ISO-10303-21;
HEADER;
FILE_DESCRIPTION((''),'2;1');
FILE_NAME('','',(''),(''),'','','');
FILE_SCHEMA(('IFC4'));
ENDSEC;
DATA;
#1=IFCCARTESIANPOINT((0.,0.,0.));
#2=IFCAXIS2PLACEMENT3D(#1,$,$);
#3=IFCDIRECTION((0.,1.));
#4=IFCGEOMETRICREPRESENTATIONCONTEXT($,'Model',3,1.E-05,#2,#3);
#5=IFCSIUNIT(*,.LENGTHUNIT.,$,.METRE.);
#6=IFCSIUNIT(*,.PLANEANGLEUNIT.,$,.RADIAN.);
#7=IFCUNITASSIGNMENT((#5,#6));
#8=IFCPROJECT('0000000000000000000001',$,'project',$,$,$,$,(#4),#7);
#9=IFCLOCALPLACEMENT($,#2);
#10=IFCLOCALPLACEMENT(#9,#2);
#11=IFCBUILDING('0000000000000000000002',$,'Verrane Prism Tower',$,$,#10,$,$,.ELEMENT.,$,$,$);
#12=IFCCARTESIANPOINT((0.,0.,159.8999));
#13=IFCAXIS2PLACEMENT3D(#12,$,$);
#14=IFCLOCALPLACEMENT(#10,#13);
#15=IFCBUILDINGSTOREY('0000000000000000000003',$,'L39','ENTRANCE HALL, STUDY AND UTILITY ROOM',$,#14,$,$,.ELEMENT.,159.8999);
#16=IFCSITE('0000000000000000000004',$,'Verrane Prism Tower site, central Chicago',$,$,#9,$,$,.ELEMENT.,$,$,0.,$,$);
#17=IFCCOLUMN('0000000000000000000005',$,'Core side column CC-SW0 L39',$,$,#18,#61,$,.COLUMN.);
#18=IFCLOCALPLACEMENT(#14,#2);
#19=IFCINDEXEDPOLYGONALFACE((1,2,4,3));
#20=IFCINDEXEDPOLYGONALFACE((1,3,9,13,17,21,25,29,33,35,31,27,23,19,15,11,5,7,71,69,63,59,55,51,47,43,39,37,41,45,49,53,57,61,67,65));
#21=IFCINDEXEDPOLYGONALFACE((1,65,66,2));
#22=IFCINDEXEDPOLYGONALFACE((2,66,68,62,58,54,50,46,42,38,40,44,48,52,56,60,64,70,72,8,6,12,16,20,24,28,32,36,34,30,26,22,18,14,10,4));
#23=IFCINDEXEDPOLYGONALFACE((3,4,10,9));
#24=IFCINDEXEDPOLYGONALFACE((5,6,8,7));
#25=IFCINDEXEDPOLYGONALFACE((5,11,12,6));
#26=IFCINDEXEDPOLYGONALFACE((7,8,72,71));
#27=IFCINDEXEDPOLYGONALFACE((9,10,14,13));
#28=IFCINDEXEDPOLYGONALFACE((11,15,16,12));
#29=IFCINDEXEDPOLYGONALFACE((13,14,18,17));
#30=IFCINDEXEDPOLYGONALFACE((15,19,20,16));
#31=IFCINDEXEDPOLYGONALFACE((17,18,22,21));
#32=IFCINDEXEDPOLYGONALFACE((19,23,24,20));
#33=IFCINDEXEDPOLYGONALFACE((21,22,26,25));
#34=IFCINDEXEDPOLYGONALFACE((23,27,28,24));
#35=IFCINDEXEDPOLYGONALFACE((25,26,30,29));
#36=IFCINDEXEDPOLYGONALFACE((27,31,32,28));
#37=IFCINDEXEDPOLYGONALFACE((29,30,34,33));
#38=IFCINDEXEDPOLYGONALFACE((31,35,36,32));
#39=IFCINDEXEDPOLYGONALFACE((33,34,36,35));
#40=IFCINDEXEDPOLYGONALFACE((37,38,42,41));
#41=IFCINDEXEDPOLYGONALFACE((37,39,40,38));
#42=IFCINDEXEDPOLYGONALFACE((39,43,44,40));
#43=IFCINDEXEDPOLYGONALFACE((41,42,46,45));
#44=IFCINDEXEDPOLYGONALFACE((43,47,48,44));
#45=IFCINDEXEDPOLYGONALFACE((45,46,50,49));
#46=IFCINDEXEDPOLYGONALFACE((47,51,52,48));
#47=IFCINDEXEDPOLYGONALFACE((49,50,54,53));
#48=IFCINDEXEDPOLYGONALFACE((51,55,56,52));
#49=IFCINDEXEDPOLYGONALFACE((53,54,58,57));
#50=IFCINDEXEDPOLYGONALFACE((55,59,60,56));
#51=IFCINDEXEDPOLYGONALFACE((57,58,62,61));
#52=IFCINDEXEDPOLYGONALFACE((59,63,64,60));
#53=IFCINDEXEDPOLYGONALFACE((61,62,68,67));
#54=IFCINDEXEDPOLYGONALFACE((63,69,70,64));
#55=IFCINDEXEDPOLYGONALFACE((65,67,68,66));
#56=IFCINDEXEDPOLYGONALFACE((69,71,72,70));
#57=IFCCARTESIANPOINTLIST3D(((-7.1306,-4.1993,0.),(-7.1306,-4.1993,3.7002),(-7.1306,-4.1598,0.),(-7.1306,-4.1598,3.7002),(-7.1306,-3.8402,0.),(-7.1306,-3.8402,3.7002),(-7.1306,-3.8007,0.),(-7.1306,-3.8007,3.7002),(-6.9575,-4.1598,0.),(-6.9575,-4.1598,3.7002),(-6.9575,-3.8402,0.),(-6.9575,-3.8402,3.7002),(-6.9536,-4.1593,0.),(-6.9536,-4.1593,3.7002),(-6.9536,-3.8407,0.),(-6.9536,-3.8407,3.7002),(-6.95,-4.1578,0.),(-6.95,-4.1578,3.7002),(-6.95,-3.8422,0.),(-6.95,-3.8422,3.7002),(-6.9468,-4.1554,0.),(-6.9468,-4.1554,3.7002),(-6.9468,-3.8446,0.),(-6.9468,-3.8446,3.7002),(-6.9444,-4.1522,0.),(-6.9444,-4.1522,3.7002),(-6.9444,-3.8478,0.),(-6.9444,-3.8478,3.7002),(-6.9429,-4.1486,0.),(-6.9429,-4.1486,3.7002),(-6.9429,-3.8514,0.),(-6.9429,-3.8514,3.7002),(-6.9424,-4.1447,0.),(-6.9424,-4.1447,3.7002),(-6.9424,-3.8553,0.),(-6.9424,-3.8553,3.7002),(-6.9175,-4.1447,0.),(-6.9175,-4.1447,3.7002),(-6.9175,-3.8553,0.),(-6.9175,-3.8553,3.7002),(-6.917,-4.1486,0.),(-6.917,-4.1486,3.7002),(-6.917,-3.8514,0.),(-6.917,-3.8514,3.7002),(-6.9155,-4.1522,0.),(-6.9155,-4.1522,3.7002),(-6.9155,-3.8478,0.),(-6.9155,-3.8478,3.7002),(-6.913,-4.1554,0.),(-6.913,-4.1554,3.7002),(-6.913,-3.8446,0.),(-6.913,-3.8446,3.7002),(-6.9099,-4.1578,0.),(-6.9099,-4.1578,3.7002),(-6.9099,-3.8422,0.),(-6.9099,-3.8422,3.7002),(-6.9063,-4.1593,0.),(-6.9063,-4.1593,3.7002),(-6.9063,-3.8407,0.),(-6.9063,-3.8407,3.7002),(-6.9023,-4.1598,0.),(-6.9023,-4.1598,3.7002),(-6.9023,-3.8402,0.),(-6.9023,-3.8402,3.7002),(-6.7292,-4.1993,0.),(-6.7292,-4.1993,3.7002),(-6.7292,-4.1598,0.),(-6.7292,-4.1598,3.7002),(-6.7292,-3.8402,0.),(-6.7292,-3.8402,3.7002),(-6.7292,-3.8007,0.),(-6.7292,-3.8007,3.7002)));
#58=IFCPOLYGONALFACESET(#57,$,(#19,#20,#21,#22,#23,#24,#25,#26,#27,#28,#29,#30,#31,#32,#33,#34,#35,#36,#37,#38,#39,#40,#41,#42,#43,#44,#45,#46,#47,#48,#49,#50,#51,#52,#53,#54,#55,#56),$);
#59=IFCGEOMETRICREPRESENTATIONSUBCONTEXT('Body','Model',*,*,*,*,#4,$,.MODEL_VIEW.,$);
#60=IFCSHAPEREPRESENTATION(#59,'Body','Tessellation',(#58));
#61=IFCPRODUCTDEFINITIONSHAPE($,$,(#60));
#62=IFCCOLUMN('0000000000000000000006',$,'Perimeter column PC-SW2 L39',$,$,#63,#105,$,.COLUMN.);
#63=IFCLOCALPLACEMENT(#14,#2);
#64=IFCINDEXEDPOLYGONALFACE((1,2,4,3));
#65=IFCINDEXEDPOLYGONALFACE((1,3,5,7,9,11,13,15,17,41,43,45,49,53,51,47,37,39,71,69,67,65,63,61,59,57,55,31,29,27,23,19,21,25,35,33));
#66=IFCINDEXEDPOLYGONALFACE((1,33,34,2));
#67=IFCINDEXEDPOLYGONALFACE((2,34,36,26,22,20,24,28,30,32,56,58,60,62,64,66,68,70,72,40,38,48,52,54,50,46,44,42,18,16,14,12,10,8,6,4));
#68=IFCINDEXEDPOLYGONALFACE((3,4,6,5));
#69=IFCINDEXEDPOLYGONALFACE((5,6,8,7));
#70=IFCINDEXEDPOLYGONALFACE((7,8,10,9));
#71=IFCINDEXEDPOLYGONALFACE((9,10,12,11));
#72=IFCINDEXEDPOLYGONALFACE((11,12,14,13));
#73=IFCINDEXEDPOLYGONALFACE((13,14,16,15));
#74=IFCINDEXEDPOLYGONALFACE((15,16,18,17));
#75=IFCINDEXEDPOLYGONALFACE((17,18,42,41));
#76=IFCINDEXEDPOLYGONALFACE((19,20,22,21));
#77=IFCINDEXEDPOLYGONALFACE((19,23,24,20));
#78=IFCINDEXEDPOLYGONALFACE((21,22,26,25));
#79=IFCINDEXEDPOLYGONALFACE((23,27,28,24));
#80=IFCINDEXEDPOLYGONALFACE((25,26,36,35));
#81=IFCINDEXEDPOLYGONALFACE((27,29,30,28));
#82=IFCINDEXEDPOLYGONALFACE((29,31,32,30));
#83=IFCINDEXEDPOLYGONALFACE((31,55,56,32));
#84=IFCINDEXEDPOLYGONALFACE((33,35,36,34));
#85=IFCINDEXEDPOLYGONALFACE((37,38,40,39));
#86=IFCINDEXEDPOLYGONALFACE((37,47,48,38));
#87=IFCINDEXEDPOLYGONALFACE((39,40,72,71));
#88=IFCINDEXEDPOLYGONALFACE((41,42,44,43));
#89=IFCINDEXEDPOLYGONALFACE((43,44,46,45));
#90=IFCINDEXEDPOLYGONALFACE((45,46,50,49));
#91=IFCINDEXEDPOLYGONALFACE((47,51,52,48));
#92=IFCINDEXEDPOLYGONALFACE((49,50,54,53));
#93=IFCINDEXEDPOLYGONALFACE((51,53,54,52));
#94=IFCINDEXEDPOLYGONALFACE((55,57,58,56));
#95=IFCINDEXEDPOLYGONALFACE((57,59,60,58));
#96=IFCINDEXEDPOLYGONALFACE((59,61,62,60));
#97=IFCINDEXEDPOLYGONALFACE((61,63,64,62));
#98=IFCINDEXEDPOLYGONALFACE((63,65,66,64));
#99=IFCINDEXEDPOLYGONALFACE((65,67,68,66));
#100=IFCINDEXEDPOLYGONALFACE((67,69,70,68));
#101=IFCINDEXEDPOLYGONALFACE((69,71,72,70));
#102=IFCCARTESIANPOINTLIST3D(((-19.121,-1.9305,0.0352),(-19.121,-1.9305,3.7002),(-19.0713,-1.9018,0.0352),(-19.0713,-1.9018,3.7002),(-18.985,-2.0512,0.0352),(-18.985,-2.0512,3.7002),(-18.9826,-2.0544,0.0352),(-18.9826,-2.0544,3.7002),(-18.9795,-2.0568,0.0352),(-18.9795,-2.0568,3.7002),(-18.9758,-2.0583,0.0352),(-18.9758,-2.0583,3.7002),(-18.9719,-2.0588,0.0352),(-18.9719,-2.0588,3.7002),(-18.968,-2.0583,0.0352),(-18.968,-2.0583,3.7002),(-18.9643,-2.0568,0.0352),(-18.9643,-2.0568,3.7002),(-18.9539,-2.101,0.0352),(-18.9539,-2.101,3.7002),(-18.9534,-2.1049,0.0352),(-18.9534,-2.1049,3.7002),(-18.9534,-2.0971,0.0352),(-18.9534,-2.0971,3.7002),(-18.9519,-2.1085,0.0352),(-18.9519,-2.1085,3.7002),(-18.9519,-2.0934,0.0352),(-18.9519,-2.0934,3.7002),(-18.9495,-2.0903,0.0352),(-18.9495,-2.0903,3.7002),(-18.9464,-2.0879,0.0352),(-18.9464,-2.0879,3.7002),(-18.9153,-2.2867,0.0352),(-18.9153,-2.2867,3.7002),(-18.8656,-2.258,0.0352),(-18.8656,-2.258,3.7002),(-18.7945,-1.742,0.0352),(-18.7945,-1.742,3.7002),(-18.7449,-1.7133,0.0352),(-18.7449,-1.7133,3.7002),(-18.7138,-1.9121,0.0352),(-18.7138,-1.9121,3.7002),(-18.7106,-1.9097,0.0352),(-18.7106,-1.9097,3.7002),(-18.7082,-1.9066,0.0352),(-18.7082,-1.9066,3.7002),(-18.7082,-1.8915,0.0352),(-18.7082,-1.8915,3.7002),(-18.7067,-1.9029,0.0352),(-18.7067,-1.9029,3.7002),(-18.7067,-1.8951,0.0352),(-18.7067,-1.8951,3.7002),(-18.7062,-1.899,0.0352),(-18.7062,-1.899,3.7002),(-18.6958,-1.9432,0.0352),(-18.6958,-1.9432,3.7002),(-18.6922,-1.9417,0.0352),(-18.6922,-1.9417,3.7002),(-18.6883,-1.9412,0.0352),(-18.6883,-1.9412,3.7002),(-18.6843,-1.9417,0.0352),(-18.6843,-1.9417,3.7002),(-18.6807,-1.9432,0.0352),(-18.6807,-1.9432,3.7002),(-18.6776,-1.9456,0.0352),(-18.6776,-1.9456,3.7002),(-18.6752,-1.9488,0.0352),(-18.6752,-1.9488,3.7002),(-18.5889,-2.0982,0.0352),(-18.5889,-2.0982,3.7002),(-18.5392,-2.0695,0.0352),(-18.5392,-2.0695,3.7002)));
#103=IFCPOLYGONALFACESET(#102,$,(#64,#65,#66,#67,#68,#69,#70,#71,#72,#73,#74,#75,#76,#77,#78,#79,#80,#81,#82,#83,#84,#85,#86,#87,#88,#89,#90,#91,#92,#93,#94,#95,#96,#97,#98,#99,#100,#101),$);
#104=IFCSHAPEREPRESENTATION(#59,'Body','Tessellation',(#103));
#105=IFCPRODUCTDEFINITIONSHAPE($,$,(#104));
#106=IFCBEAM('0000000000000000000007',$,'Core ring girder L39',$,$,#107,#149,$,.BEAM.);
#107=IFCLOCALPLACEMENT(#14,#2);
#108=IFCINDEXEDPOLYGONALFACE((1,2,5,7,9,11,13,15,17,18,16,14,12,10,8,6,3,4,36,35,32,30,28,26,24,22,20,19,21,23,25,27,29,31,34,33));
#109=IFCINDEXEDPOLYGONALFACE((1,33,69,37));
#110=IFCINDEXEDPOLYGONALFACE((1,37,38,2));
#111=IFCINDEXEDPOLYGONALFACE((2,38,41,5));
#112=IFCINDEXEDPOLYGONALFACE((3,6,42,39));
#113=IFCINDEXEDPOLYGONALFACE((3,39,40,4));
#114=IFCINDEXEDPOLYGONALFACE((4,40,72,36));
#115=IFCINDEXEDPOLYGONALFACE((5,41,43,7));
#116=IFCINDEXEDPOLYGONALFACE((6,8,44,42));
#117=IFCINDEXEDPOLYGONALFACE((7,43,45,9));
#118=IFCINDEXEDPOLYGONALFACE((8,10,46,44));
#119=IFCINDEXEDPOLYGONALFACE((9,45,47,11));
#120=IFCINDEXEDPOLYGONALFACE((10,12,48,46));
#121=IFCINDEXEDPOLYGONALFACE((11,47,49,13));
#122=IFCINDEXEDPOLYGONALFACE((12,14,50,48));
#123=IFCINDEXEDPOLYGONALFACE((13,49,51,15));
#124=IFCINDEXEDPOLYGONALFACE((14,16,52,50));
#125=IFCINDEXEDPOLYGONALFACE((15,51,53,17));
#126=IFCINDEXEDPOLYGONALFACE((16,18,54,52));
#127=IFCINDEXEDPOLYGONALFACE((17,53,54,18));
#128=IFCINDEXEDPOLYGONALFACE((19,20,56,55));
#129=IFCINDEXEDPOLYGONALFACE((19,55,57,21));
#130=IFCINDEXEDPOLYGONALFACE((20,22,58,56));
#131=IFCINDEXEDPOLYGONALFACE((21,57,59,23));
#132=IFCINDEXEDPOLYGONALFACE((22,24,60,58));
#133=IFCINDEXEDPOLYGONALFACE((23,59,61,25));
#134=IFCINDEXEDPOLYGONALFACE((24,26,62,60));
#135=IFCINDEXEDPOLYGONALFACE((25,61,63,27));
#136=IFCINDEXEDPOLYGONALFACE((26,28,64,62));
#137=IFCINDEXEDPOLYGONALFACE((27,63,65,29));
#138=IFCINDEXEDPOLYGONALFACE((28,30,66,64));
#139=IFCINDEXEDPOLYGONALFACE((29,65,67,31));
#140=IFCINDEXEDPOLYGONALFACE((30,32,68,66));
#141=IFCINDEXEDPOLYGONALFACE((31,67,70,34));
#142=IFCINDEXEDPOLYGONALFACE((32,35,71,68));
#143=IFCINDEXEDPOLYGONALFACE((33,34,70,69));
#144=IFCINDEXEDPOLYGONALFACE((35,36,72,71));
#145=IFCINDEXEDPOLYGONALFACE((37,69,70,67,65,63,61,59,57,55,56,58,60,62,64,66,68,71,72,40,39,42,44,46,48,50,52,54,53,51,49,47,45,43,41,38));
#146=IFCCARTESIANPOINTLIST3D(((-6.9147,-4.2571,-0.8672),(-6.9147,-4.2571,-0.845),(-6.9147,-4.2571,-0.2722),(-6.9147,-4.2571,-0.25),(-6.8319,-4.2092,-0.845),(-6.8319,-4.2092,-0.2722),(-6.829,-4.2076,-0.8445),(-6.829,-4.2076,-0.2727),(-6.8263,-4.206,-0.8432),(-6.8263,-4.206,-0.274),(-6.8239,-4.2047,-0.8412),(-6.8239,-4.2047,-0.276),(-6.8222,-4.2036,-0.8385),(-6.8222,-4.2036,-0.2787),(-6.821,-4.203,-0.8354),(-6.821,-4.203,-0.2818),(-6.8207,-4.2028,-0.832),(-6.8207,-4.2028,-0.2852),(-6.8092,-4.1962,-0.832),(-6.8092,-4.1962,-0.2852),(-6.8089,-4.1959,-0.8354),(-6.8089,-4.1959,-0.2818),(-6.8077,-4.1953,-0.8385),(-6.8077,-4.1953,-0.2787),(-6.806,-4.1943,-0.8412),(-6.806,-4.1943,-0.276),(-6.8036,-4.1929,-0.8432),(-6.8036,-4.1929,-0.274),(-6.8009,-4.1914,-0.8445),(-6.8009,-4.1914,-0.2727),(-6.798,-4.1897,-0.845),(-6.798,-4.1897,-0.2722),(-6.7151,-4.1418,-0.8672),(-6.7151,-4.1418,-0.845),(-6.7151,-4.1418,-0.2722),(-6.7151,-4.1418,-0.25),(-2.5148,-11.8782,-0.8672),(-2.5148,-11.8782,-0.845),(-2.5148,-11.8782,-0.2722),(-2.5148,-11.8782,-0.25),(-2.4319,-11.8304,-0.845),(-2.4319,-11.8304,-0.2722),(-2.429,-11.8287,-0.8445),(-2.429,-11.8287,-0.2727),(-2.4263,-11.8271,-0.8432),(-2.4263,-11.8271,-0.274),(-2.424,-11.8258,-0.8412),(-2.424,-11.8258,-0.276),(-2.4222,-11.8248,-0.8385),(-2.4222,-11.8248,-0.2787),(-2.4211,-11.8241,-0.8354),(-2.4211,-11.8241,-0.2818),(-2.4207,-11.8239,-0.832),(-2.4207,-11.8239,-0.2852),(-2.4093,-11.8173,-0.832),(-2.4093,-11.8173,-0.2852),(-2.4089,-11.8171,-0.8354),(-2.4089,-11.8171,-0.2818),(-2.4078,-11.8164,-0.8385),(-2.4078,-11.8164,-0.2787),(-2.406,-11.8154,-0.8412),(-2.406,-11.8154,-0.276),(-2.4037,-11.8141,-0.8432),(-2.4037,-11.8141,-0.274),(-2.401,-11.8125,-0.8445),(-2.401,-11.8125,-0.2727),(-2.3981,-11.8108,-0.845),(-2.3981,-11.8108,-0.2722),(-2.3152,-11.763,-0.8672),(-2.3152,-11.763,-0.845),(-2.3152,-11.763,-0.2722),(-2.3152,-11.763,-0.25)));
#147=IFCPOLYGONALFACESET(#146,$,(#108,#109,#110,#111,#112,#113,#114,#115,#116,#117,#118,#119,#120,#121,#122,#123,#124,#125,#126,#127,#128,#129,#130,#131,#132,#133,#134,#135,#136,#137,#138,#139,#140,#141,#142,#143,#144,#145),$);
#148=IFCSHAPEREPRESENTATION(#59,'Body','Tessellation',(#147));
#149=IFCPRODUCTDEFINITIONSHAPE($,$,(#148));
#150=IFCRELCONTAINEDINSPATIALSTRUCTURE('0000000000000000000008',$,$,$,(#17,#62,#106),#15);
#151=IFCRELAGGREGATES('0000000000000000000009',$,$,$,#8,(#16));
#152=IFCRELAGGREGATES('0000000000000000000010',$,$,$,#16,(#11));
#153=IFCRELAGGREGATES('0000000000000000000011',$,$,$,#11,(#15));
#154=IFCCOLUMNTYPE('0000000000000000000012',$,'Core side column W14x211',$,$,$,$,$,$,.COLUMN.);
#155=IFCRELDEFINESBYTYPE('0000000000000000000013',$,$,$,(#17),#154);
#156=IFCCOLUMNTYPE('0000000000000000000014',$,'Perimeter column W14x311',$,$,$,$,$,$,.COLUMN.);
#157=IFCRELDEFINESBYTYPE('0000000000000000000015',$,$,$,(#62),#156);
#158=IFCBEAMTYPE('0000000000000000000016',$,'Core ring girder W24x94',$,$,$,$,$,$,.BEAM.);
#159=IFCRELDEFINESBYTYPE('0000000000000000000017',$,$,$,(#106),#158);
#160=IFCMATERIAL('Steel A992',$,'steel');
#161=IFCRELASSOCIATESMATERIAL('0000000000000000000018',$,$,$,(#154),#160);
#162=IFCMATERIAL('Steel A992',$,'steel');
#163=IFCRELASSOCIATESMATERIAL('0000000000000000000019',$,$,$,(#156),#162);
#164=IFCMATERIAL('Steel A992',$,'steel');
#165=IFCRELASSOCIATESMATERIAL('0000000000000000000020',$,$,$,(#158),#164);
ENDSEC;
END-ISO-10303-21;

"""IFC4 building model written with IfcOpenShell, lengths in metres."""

from ifc_helpers import new_model, si_unit, direction, frame, origin, origin_2d, place, context, subcontext, project, spatial, i_section, extrude, material, material_profile, profile_set, type_object, element, save


model = new_model("IFC4")

# Units and contexts
model_context = context("Model", 3, precision=1e-05, world=origin(), true_north=direction((0.0, 1.0)))
body_context = subcontext(model_context, "Body", "Model", "MODEL_VIEW")
ifc_project = project(units=[si_unit("LENGTHUNIT", "METRE"), si_unit("PLANEANGLEUNIT", "RADIAN")], contexts=[model_context])

# Site, building, storey
site_placement = place(None, origin())
site = spatial("IfcSite", under=ifc_project, at=site_placement, Name="Verrane Prism Tower site, central Chicago", CompositionType="ELEMENT", RefElevation=0.0)
building_placement = place(site_placement, origin())
building = spatial("IfcBuilding", under=site, at=building_placement, Name="Verrane Prism Tower", CompositionType="ELEMENT")
storey_placement = place(building_placement, frame((0.0, 0.0, 159.8999)))
storey = spatial("IfcBuildingStorey", under=building, at=storey_placement, Name="L39", Description="ENTRANCE HALL, STUDY AND UTILITY ROOM", CompositionType="ELEMENT", Elevation=159.8999)

# Columns
ifc_material_1 = material(Name="Steel A992", Category="steel")
ifc_material_profile_1 = material_profile(ifc_material_1, i_section(OverallWidth=0.4014, OverallDepth=0.3987, WebThickness=0.0249, FlangeThickness=0.0396, FilletRadius=0.0151, at=origin_2d()), Name="W14x211")
ifc_profile_set_1 = profile_set([ifc_material_profile_1], Name="Steel A992")
column_type_1 = type_object("IfcColumnType", Name="Core side column W14x211", PredefinedType="COLUMN", material=ifc_profile_set_1)
column_1_placement = place(storey_placement, frame((-6.9299, -4.0, 0.0), z_axis=(0.0, 0.0, 1.0), x_axis=(1.0, 0.0, 0.0)))
element("IfcColumn", 1, at=column_1_placement, inside=storey, type_object=column_type_1, Name="Core side column CC-SW0 L39", PredefinedType="COLUMN", context=body_context, shape_type="SweptSolid", body=[
    extrude(i_section(OverallWidth=0.4014, OverallDepth=0.3987, WebThickness=0.0249, FlangeThickness=0.0396, FilletRadius=0.0151, at=origin_2d()), origin(), (0.0, 0.0, 1.0), 3.7002),
])
ifc_material_2 = material(Name="Steel A992", Category="steel")
ifc_material_profile_2 = material_profile(ifc_material_2, i_section(OverallWidth=0.4114, OverallDepth=0.4343, WebThickness=0.0359, FlangeThickness=0.0574, FilletRadius=0.0151, at=origin_2d()), Name="W14x311")
ifc_profile_set_2 = profile_set([ifc_material_profile_2], Name="Steel A992")
column_type_2 = type_object("IfcColumnType", Name="Perimeter column W14x311", PredefinedType="COLUMN", material=ifc_profile_set_2)
column_2_placement = place(storey_placement, frame((-18.8301, -2.0, 0.0352), z_axis=(0.0, 0.0, 1.0), x_axis=(-0.5, 0.866025, 0.0)))
element("IfcColumn", 2, at=column_2_placement, inside=storey, type_object=column_type_2, Name="Perimeter column PC-SW2 L39", PredefinedType="COLUMN", context=body_context, shape_type="SweptSolid", body=[
    extrude(i_section(OverallWidth=0.4114, OverallDepth=0.4343, WebThickness=0.0359, FlangeThickness=0.0574, FilletRadius=0.0151, at=origin_2d()), origin(), (0.0, 0.0, 1.0), 3.665),
])

# Beam
ifc_material_3 = material(Name="Steel A992", Category="steel")
ifc_material_profile_3 = material_profile(ifc_material_3, i_section(OverallWidth=0.2305, OverallDepth=0.6172, WebThickness=0.0132, FlangeThickness=0.0222, FilletRadius=0.0129, at=origin_2d()), Name="W24x94")
ifc_profile_set_3 = profile_set([ifc_material_profile_3], Name="Steel A992")
beam_type_1 = type_object("IfcBeamType", Name="Core ring girder W24x94", PredefinedType="BEAM", material=ifc_profile_set_3)
beam_1_placement = place(storey_placement, frame((-6.8149, -4.1995, -0.5586), z_axis=(0.499988, -0.866032, 0.0), x_axis=(0.866032, 0.499988, 0.0)))
element("IfcBeam", 3, at=beam_1_placement, inside=storey, type_object=beam_type_1, Name="Core ring girder L39", PredefinedType="BEAM", context=body_context, shape_type="SweptSolid", body=[
    extrude(i_section(OverallWidth=0.2305, OverallDepth=0.6172, WebThickness=0.0132, FlangeThickness=0.0222, FilletRadius=0.0129, at=origin_2d()), origin(), (0.0, 0.0, 1.0), 8.8),
])

save(model, "model.ifc")
